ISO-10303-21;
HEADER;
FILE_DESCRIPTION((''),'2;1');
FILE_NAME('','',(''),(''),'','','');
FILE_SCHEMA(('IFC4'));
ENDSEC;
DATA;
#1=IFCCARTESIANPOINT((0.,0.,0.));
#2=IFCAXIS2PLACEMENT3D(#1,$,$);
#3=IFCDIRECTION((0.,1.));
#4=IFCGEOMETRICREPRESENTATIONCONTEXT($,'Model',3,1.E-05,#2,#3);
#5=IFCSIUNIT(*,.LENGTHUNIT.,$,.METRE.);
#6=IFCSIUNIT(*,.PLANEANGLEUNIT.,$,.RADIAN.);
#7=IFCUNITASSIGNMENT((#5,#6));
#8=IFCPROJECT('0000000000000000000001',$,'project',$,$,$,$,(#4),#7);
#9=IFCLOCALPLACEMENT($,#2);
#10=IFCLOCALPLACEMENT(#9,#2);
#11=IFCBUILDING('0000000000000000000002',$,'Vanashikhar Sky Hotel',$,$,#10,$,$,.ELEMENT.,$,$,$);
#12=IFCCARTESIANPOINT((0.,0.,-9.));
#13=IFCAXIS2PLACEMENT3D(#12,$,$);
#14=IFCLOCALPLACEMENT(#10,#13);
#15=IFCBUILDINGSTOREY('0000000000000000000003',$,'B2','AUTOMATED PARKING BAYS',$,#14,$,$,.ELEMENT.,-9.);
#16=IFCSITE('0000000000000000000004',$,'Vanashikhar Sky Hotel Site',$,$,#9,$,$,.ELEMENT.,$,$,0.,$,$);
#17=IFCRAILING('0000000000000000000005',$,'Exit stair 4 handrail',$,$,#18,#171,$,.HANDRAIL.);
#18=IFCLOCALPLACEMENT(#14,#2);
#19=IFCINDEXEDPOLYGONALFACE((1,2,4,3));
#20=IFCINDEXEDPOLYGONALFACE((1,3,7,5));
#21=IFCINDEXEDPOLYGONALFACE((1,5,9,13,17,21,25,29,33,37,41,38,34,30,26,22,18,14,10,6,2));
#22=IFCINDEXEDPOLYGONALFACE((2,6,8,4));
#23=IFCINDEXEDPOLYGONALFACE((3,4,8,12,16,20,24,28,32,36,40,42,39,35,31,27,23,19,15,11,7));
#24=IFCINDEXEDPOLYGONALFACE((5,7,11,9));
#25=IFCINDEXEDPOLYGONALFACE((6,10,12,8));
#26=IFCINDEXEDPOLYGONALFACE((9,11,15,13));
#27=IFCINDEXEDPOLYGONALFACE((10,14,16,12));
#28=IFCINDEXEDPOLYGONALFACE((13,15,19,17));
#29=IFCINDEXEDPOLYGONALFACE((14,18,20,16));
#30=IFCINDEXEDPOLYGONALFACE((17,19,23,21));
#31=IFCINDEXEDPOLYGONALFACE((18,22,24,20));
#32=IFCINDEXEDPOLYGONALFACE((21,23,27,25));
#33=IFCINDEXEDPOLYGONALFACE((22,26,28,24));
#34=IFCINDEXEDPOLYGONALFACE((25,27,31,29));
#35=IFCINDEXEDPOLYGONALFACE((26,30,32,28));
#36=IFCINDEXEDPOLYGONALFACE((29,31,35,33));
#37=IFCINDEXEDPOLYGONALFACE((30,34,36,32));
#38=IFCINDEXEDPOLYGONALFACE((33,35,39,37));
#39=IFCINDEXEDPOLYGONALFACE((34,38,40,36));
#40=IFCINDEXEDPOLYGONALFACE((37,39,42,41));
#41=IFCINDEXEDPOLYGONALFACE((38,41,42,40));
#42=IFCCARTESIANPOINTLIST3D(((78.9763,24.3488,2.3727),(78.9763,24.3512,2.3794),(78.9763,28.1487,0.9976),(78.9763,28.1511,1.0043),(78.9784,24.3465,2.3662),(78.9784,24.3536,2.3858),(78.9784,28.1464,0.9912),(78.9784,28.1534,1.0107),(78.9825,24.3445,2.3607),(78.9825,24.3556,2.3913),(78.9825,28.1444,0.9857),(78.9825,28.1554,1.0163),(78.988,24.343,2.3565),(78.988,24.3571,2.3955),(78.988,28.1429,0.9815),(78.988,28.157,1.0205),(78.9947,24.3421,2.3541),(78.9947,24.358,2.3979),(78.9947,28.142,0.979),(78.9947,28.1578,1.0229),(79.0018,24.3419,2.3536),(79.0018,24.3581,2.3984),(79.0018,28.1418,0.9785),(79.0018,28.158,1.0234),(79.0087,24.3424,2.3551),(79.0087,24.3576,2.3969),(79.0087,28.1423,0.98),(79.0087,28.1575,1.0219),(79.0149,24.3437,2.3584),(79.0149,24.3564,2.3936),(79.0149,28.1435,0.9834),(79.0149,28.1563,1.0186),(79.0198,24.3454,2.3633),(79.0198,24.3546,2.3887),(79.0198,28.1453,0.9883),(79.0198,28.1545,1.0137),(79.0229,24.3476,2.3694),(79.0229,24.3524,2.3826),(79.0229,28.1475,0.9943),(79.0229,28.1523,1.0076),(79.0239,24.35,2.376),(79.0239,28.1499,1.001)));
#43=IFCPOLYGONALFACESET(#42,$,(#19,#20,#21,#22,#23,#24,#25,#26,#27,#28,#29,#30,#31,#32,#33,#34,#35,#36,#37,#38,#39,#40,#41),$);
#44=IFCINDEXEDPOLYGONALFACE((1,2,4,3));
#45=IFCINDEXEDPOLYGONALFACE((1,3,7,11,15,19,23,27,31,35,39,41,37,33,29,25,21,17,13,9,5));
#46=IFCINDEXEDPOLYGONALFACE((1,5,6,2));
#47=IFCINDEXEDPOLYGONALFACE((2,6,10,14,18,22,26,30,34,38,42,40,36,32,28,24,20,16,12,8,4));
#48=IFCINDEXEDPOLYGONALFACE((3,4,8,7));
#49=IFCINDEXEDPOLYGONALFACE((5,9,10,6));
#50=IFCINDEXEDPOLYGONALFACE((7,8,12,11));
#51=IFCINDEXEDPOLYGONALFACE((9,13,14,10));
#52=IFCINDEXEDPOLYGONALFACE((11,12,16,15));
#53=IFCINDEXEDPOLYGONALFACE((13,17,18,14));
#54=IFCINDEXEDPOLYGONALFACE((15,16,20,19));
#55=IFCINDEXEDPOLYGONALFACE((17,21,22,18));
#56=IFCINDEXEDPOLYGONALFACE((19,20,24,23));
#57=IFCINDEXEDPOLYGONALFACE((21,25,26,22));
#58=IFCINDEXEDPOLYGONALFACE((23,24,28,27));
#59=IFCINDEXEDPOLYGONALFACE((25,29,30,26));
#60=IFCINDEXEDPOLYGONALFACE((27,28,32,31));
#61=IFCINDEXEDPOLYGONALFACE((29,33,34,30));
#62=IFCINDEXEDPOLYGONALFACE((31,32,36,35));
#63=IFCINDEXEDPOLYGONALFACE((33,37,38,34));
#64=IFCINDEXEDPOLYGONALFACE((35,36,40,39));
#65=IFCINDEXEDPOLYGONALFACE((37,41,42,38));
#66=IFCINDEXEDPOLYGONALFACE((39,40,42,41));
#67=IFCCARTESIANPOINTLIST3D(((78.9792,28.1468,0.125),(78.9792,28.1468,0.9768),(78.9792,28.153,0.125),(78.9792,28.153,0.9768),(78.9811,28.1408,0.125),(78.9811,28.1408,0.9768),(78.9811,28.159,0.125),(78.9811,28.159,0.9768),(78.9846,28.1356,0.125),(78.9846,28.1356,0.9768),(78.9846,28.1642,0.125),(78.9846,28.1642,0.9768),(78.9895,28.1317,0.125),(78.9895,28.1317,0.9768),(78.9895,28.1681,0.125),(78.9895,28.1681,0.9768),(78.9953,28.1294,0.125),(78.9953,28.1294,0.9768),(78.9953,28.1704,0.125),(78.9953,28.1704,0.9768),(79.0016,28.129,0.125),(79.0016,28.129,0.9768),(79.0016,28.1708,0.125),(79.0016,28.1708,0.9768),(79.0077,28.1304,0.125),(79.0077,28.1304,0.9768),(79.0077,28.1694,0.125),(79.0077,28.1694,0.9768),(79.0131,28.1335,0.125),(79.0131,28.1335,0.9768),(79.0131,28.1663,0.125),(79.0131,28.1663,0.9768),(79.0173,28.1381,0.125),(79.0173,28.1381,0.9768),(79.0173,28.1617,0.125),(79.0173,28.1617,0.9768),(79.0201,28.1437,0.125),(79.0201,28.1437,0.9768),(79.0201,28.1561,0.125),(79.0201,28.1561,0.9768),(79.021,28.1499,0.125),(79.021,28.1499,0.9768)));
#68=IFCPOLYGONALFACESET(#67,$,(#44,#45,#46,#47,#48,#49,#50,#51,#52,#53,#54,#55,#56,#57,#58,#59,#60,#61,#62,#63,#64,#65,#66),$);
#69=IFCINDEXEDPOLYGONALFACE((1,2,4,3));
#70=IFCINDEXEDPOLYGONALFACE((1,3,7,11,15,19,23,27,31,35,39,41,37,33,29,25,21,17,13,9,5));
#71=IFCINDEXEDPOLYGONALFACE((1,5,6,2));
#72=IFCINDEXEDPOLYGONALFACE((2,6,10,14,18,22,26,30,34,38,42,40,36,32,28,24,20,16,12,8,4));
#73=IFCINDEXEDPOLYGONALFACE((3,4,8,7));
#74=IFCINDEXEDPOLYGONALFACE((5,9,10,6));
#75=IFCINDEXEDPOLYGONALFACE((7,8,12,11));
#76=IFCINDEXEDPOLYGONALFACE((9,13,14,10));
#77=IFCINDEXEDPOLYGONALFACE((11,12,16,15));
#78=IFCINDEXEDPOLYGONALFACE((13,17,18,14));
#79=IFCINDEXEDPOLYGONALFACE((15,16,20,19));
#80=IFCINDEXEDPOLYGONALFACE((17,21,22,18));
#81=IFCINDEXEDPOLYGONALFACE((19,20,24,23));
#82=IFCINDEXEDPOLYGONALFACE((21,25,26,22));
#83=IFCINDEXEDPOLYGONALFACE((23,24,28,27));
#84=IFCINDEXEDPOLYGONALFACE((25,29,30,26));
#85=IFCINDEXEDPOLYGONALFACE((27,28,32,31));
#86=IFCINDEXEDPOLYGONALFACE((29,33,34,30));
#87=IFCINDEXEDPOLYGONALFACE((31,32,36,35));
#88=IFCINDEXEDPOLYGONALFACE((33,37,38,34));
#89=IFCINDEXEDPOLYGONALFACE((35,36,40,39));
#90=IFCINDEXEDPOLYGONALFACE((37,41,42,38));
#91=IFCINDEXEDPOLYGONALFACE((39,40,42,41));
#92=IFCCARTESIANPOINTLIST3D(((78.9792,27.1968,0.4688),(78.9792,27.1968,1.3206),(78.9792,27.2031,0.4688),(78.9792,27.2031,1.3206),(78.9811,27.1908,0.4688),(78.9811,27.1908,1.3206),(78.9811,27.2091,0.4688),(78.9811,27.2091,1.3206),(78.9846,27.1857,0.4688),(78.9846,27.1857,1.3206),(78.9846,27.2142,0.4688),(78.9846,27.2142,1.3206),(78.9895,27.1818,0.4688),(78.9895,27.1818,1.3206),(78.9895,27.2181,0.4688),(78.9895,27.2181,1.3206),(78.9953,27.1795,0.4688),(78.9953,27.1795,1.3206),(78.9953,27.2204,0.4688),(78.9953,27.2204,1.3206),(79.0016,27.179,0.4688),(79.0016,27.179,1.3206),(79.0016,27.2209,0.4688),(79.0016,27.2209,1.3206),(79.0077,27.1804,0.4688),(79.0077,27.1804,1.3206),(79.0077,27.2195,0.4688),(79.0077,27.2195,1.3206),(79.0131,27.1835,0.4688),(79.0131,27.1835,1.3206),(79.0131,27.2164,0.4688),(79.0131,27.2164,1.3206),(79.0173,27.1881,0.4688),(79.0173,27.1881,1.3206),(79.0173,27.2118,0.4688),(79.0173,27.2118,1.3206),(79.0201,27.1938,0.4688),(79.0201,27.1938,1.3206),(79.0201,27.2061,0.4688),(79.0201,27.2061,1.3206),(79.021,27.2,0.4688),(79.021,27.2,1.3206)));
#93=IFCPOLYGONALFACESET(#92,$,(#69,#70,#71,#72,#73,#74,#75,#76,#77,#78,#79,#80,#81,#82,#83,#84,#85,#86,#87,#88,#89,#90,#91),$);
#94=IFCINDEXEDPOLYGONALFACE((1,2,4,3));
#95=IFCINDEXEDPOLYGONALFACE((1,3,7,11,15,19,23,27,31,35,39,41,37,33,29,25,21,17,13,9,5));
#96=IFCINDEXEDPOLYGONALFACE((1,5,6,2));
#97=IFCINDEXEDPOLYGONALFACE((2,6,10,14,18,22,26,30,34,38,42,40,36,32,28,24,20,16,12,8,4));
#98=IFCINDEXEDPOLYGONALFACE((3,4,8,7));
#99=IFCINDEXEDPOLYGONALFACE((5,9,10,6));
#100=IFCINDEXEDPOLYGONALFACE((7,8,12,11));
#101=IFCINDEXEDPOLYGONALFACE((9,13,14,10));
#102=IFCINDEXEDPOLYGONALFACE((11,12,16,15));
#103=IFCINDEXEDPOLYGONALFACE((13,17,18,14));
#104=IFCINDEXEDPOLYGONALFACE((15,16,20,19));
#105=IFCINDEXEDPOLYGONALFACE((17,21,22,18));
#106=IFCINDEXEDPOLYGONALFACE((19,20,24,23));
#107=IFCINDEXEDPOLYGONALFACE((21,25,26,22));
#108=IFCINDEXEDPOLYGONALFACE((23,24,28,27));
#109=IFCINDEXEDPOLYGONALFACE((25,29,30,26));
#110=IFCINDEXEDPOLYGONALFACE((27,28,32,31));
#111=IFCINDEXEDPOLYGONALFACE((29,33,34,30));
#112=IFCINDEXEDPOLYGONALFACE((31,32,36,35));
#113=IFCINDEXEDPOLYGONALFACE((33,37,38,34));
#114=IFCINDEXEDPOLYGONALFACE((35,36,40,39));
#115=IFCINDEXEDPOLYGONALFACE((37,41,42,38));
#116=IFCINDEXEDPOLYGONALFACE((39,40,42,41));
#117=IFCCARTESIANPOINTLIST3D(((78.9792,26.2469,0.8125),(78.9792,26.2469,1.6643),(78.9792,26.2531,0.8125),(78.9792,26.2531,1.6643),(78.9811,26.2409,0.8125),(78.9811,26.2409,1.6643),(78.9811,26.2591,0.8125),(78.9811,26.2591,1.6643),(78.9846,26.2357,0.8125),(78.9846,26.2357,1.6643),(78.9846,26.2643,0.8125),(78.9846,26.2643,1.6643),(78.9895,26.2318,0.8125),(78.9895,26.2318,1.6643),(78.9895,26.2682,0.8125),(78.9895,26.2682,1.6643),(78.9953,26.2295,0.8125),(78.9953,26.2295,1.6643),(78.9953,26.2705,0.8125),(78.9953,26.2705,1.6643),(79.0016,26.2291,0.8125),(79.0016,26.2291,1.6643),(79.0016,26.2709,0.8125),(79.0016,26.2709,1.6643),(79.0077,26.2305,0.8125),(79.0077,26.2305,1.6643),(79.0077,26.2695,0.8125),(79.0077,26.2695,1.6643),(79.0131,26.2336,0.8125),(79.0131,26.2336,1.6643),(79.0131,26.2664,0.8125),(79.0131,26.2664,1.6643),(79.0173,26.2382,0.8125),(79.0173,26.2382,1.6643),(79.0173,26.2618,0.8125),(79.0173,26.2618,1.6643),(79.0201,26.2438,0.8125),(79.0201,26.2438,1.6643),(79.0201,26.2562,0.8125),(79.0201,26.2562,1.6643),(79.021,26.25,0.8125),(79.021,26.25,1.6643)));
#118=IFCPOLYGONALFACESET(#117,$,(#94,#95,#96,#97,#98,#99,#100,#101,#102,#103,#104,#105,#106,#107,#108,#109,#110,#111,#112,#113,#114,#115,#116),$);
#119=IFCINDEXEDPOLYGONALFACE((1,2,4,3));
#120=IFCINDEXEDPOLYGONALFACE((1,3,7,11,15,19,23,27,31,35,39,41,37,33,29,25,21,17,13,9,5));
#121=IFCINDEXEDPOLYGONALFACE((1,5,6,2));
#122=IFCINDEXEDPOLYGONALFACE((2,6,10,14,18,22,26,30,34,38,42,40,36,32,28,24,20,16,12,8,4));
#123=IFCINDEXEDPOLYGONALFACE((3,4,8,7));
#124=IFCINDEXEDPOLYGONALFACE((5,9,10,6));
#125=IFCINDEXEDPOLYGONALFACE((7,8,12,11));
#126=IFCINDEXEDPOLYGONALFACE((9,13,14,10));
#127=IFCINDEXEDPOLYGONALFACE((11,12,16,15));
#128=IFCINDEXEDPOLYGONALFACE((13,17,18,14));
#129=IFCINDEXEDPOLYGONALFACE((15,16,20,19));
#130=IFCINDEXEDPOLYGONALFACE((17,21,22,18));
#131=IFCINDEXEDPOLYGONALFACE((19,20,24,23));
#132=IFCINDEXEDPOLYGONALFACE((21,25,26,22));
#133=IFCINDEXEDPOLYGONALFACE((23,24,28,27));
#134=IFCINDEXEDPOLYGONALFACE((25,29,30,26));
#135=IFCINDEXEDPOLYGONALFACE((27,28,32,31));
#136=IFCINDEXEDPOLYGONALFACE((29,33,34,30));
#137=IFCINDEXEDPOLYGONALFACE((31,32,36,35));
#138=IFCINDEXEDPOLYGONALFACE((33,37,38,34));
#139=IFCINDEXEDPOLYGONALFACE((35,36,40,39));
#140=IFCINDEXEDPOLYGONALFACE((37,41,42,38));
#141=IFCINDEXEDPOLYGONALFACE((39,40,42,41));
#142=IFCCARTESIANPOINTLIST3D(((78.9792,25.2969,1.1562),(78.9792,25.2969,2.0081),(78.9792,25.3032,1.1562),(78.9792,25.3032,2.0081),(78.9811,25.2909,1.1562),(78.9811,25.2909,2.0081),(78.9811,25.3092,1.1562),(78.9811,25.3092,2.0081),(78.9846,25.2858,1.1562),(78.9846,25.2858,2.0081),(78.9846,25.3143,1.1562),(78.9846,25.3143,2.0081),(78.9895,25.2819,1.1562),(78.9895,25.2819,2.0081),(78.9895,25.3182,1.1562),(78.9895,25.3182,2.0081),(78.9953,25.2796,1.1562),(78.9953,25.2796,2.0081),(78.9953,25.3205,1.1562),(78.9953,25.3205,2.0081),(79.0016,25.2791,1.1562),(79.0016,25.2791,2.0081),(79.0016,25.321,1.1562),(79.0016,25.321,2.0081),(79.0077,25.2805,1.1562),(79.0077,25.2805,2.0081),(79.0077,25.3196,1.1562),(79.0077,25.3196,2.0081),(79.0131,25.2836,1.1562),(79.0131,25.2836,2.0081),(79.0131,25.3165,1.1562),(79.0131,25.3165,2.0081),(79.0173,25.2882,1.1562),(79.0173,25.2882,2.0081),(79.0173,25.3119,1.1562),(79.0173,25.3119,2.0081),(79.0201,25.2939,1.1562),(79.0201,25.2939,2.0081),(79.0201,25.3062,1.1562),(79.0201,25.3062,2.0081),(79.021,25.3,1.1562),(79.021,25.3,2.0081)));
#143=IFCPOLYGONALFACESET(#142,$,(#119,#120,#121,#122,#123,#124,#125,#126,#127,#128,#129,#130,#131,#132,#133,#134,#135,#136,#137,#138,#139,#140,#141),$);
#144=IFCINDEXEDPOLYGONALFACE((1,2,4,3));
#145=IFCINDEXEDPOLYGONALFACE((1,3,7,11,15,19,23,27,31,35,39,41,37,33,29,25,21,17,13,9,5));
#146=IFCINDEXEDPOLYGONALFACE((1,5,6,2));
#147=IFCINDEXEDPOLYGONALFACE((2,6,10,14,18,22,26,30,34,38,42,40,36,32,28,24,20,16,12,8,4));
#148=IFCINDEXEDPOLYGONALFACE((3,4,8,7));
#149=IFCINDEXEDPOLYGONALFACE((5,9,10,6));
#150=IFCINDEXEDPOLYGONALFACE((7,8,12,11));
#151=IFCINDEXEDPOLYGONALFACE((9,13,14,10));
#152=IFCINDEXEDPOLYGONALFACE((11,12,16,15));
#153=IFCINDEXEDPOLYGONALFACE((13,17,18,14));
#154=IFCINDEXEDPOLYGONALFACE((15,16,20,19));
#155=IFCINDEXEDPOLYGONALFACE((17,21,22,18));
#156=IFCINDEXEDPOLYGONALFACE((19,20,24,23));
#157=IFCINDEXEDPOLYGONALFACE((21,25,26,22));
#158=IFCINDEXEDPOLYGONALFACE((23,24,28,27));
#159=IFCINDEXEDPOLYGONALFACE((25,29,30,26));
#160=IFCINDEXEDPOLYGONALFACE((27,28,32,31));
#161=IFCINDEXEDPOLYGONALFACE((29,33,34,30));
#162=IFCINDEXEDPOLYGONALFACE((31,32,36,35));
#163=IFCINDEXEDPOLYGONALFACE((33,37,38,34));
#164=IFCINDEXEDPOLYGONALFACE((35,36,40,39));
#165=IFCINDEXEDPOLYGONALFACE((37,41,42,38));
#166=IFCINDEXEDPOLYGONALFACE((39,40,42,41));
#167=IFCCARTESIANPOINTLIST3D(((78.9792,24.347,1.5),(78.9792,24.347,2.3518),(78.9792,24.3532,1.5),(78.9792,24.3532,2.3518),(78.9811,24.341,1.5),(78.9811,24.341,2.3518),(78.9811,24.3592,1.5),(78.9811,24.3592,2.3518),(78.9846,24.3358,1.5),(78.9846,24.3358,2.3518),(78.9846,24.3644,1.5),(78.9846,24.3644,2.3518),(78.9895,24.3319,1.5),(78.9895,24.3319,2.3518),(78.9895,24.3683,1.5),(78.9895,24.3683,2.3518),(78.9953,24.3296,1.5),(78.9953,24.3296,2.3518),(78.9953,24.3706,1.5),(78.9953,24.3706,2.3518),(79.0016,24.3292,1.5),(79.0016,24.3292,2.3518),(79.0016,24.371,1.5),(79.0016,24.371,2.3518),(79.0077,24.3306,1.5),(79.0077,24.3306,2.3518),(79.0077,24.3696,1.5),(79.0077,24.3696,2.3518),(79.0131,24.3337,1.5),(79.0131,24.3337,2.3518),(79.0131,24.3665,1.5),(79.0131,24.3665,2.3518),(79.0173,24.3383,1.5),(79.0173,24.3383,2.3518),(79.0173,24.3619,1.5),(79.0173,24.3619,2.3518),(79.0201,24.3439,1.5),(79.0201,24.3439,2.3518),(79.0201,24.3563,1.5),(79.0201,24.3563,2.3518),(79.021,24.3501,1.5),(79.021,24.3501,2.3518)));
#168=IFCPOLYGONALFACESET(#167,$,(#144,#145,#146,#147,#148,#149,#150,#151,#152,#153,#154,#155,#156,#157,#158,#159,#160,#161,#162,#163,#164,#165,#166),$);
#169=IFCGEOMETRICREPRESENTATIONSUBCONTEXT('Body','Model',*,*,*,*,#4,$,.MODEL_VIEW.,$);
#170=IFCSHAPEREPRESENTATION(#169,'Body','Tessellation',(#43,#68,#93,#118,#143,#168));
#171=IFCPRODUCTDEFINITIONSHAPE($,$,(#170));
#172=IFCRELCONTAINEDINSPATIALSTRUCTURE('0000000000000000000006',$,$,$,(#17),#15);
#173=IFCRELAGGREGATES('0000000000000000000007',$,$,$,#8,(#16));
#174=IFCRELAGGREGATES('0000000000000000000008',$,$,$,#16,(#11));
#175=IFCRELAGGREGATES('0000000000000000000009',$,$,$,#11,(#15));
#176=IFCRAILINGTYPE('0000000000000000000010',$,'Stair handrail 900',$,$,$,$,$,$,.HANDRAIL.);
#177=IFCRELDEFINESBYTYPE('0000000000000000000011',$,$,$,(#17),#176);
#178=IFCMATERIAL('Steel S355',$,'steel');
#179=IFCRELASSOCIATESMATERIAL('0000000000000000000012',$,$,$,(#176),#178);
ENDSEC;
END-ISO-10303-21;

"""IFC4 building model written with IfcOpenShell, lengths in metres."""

from ifc_helpers import new_model, si_unit, direction, frame, origin, origin_2d, place, context, subcontext, project, spatial, circle, extrude, source, transform, mapped, material, type_object, element, save


model = new_model("IFC4")

# Units and contexts
model_context = context("Model", 3, precision=1e-05, world=origin(), true_north=direction((0.0, 1.0)))
body_context = subcontext(model_context, "Body", "Model", "MODEL_VIEW")
ifc_project = project(units=[si_unit("LENGTHUNIT", "METRE"), si_unit("PLANEANGLEUNIT", "RADIAN")], contexts=[model_context])

# Site, building, storey
site_placement = place(None, origin())
site = spatial("IfcSite", under=ifc_project, at=site_placement, Name="Vanashikhar Sky Hotel Site", CompositionType="ELEMENT", RefElevation=0.0)
building_placement = place(site_placement, origin())
building = spatial("IfcBuilding", under=site, at=building_placement, Name="Vanashikhar Sky Hotel", CompositionType="ELEMENT")
storey_placement = place(building_placement, frame((0.0, 0.0, -9.0)))
storey = spatial("IfcBuildingStorey", under=building, at=storey_placement, Name="B2", Description="AUTOMATED PARKING BAYS", CompositionType="ELEMENT", Elevation=-9.0)

# Railing
ifc_material_1 = material(Name="Steel S355", Category="steel")
railing_type_1 = type_object("IfcRailingType", Name="Stair handrail 900", PredefinedType="HANDRAIL", material=ifc_material_1)
shared_shape_1 = source(origin(), body_context, "Body", "SweptSolid", [
    extrude(circle(Radius=0.0239, at=origin_2d()), frame((0.0, 0.0, 0.876), z_axis=(0.0, -0.940329, 0.340268), x_axis=(1.0, 0.0, 0.0)), (0.0, 0.0, 1.0), 4.041),
    extrude(circle(Radius=0.021, at=origin_2d()), origin(), (0.0, 0.0, 1.0), 0.8518),
    extrude(circle(Radius=0.021, at=origin_2d()), frame((0.0, -0.95, 0.3438)), (0.0, 0.0, 1.0), 0.8518),
    extrude(circle(Radius=0.021, at=origin_2d()), frame((0.0, -1.8999, 0.6875)), (0.0, 0.0, 1.0), 0.8518),
    extrude(circle(Radius=0.021, at=origin_2d()), frame((0.0, -2.8499, 1.0312)), (0.0, 0.0, 1.0), 0.8518),
    extrude(circle(Radius=0.021, at=origin_2d()), frame((0.0, -3.7998, 1.375)), (0.0, 0.0, 1.0), 0.8518),
])
for number, where, name in (
    (1, (79.0, 28.1499, 0.125), "Exit stair 4 handrail"),
):
    element("IfcRailing", number, at=place(storey_placement, frame(where)), inside=storey, type_object=railing_type_1, Name=name, PredefinedType="HANDRAIL", context=body_context, shape_type="MappedRepresentation", body=[
        mapped(shared_shape_1, transform((0.0, 0.0, 0.0), scale=1.0)),
    ])

save(model, "model.ifc")
